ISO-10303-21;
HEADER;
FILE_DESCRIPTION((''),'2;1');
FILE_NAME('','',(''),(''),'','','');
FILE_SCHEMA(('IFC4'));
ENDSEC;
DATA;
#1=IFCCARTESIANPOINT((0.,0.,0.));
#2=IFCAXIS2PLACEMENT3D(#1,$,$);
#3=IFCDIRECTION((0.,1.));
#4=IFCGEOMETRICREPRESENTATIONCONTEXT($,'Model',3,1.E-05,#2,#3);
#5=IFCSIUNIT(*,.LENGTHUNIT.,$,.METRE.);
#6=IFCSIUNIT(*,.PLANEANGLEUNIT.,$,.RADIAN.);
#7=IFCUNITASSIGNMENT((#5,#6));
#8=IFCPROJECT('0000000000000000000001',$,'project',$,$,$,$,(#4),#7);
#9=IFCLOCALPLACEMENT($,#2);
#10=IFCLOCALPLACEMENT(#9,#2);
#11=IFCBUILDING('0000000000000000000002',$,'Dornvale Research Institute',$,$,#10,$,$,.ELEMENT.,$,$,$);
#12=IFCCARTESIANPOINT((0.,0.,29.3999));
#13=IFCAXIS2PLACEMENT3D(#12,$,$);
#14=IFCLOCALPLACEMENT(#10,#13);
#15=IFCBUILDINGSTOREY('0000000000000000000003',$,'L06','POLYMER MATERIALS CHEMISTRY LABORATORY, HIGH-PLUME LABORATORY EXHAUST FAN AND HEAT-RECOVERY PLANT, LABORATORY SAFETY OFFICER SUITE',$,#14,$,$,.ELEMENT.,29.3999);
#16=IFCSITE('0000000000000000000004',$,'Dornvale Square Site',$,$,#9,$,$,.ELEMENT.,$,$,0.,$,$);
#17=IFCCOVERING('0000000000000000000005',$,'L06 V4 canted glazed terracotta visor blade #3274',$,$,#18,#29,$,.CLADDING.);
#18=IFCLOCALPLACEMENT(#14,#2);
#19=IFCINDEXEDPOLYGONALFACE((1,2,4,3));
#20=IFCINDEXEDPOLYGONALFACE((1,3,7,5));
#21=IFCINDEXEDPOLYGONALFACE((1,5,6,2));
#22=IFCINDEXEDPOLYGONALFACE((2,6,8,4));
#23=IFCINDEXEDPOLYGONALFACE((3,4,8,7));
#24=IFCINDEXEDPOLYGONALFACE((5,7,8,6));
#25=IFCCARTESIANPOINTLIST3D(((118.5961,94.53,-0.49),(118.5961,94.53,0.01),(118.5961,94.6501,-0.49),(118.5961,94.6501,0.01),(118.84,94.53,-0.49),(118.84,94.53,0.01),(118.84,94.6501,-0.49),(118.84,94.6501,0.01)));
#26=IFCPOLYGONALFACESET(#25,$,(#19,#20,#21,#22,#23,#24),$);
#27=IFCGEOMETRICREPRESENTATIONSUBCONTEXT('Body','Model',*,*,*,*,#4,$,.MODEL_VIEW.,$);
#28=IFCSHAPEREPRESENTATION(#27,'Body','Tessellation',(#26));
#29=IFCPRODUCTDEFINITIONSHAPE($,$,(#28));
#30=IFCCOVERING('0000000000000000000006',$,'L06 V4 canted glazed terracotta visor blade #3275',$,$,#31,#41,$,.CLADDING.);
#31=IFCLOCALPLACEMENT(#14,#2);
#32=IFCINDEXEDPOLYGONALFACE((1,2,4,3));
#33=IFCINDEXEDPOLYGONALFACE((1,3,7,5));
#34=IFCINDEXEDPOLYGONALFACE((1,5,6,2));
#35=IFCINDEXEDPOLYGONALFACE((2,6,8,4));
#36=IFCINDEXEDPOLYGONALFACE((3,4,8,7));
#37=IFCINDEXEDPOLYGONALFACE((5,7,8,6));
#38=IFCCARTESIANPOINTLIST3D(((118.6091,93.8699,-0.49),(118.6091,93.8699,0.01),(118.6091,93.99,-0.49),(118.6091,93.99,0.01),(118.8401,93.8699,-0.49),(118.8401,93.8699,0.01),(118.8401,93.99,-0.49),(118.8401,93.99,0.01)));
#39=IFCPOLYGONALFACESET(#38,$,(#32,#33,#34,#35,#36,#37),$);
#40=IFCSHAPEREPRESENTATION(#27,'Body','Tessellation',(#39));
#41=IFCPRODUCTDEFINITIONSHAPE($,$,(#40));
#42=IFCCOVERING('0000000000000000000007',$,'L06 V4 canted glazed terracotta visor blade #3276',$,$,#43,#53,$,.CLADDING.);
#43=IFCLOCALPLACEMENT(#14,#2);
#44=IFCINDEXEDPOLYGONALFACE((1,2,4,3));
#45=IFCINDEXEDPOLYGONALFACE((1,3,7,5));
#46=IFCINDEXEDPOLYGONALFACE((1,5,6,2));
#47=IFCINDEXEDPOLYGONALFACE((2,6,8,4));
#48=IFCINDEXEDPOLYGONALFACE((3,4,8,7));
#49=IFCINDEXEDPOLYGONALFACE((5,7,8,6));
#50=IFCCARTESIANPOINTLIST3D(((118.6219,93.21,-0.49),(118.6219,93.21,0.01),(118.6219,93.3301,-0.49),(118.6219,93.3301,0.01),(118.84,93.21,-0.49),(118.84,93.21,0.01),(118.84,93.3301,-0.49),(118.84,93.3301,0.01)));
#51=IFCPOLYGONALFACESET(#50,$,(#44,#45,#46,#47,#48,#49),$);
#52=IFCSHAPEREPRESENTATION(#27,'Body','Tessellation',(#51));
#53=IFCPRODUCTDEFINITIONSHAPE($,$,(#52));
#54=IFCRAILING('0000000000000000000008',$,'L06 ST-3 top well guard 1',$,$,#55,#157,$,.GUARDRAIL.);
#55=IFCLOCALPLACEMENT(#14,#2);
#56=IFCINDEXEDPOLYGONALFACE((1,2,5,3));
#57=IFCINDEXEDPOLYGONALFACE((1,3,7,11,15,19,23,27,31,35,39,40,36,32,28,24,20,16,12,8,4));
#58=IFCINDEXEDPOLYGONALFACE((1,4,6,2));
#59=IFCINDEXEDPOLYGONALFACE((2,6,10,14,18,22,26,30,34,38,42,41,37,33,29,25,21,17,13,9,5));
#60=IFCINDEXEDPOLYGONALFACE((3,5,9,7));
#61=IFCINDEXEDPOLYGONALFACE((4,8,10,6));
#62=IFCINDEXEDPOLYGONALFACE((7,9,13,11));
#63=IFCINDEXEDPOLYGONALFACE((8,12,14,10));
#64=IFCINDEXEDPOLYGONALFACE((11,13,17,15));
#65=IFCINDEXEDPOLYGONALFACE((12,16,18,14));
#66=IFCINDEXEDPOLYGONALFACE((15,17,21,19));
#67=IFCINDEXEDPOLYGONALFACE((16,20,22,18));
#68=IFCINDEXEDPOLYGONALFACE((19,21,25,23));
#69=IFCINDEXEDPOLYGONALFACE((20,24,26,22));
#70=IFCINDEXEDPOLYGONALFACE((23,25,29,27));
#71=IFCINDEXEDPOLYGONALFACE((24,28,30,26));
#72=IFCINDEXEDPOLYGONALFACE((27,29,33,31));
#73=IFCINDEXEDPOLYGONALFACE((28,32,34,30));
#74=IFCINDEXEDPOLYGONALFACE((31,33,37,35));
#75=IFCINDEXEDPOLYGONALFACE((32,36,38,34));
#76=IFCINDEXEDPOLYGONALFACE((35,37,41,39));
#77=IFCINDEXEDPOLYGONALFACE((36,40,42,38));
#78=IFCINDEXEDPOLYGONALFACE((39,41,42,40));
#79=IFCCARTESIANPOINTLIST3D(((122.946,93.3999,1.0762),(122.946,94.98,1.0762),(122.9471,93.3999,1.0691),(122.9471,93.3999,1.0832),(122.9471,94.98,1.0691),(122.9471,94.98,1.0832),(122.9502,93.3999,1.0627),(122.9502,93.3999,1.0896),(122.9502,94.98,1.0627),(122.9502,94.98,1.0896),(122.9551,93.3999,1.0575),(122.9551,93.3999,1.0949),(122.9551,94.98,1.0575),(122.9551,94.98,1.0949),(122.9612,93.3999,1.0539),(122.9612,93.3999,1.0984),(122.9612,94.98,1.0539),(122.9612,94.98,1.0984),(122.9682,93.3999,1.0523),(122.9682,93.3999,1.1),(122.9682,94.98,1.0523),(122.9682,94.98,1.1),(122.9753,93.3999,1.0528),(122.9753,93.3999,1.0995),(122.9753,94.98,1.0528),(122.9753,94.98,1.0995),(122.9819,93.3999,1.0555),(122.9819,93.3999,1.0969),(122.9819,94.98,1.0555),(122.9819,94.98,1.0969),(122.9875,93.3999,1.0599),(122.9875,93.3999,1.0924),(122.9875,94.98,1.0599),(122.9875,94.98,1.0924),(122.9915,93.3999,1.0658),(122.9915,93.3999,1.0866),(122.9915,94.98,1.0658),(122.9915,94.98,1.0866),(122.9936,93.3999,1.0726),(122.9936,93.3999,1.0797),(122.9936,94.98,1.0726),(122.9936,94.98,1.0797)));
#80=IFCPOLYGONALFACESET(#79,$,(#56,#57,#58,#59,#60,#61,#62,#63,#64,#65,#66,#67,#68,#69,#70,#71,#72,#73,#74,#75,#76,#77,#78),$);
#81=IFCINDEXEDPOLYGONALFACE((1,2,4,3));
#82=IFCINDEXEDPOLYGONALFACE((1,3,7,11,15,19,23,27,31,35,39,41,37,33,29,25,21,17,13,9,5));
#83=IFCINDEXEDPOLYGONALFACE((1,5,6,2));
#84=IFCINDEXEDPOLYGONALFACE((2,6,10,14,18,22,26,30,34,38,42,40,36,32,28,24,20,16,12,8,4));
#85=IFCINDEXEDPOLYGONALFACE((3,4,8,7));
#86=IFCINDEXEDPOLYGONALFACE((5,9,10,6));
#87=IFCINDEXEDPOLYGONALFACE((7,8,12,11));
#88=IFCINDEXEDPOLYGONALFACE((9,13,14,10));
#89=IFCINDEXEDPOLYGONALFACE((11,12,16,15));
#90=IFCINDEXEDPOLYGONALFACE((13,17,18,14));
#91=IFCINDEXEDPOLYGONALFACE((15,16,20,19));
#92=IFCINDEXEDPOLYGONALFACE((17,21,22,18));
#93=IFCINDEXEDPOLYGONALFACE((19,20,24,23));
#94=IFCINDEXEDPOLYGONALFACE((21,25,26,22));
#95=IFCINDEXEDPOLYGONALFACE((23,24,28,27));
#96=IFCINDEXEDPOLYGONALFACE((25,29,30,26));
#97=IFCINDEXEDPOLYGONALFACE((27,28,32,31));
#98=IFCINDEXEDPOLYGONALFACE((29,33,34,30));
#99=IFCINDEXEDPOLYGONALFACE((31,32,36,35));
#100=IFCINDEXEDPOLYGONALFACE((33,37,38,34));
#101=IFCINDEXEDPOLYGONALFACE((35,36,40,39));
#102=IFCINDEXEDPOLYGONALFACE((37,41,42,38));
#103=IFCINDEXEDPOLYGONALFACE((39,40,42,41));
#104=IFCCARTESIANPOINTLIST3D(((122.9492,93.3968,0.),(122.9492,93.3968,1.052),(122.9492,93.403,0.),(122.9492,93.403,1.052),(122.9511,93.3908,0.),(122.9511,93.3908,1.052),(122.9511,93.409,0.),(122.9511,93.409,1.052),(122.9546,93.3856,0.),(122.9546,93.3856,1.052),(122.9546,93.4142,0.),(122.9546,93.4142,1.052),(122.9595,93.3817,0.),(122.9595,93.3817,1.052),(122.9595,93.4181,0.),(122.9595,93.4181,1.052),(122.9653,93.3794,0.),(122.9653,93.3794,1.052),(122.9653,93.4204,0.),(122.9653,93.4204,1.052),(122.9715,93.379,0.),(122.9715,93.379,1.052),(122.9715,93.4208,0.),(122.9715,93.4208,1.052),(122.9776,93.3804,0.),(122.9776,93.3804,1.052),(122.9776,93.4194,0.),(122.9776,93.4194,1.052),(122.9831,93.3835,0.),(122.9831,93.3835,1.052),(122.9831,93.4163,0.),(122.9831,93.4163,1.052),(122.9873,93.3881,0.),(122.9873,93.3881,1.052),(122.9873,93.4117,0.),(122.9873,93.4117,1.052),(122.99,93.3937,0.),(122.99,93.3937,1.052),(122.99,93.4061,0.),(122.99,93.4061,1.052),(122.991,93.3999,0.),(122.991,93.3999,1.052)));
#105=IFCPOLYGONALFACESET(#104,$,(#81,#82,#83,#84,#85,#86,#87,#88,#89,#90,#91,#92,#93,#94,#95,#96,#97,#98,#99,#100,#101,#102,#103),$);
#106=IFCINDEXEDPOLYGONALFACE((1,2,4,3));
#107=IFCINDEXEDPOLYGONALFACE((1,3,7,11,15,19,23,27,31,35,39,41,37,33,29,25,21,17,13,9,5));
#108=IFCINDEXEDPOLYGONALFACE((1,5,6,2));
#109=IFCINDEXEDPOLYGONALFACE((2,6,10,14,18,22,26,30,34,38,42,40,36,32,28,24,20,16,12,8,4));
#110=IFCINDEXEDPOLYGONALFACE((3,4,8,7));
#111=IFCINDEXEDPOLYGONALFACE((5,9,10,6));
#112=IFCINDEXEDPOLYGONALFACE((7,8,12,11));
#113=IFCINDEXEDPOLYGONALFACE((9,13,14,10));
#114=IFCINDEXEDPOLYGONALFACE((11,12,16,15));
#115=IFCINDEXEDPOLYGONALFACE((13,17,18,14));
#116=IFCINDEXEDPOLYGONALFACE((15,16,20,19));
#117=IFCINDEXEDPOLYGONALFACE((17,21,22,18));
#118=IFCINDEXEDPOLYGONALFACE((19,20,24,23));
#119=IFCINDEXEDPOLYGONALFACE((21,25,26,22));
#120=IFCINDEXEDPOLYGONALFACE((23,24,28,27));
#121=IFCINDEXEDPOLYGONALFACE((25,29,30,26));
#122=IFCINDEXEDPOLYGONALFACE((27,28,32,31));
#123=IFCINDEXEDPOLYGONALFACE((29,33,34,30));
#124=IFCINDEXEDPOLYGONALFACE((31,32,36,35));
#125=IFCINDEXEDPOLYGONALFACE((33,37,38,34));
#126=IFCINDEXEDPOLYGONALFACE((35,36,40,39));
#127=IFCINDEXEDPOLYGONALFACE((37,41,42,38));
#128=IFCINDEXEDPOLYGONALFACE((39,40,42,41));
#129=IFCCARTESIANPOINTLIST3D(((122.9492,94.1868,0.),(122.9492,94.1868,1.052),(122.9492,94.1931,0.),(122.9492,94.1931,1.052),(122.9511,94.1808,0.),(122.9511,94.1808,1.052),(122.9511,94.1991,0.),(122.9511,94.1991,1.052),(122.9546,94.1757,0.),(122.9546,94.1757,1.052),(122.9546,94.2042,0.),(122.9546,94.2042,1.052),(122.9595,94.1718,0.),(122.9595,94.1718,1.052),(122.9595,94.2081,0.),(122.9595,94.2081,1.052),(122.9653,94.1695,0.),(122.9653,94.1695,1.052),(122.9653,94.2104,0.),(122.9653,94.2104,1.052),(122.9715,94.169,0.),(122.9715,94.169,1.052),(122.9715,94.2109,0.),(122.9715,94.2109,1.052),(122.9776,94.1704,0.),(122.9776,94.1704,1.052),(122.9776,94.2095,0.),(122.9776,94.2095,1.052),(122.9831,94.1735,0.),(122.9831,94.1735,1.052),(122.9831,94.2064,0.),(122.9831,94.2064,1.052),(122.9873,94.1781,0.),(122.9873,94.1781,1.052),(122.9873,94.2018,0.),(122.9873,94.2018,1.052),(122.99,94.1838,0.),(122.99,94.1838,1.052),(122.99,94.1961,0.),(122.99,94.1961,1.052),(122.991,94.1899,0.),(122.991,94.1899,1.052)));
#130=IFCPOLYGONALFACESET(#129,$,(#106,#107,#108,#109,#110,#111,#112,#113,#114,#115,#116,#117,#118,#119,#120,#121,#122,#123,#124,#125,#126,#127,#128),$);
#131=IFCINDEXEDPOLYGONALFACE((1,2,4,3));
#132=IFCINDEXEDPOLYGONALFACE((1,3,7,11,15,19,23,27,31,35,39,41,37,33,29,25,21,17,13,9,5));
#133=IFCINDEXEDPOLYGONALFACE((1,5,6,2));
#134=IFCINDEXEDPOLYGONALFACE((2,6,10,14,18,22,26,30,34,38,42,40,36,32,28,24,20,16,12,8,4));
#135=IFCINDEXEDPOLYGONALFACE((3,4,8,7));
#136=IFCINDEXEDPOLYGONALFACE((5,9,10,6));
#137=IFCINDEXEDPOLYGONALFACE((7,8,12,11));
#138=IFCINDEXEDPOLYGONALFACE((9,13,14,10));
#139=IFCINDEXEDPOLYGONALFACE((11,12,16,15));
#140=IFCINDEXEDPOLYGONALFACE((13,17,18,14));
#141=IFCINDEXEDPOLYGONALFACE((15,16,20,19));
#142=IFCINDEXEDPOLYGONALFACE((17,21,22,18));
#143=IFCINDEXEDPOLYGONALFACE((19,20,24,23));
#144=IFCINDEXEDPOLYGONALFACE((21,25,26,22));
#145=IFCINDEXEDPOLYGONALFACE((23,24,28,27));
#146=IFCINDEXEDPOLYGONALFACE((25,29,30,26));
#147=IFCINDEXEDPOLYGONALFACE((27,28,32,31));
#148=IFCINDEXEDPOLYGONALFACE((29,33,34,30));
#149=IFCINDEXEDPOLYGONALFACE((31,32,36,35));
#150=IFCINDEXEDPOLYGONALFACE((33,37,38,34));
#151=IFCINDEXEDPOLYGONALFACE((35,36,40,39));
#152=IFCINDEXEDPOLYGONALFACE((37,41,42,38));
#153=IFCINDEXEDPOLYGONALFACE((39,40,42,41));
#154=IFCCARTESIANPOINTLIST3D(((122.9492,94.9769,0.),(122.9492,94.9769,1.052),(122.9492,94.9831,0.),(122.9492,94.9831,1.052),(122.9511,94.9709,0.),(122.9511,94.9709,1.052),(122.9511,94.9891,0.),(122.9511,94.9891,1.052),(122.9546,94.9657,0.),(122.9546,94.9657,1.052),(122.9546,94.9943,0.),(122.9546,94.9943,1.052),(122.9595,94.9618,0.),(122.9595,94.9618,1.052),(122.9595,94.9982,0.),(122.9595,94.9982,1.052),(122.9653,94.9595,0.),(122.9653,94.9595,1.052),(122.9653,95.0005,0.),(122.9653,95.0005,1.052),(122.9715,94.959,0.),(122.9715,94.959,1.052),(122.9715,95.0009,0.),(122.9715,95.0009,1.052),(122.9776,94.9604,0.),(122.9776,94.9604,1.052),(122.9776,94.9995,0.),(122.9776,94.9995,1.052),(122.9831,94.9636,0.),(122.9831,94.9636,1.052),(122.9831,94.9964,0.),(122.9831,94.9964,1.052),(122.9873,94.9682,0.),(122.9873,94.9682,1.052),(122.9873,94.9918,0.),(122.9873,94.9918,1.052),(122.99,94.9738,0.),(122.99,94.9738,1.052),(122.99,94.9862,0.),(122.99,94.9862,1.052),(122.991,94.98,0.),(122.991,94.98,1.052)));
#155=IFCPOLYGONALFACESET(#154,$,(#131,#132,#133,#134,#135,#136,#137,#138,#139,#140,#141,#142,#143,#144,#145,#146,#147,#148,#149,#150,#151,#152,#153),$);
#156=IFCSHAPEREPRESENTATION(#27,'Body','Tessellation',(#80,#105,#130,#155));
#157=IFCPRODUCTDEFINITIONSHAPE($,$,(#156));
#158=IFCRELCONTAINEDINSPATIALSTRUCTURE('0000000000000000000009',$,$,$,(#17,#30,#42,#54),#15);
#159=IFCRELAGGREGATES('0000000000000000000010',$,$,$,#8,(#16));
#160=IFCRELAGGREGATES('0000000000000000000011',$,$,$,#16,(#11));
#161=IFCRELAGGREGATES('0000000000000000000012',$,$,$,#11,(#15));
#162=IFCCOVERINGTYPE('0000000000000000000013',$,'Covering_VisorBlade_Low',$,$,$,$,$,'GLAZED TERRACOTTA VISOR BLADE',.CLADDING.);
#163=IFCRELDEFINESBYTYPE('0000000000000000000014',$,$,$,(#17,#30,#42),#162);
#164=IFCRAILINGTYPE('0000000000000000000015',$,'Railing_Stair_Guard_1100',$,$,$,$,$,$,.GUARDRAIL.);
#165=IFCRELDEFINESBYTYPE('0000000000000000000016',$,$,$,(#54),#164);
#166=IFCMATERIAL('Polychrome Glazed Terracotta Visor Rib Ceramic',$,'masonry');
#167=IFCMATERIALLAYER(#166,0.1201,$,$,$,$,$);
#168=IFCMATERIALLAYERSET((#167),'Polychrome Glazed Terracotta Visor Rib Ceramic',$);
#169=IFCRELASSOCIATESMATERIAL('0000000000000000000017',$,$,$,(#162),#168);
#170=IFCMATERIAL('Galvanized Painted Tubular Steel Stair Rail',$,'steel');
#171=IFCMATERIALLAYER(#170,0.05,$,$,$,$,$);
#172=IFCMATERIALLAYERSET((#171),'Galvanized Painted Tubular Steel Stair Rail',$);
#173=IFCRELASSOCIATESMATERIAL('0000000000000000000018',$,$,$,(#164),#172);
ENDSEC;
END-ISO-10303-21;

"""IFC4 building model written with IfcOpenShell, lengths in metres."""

from ifc_helpers import new_model, si_unit, direction, frame, origin, origin_2d, place, context, subcontext, project, spatial, rectangle, circle, extrude, material, layer, layer_set, type_object, element, save


model = new_model("IFC4")

# Units and contexts
model_context = context("Model", 3, precision=1e-05, world=origin(), true_north=direction((0.0, 1.0)))
body_context = subcontext(model_context, "Body", "Model", "MODEL_VIEW")
ifc_project = project(units=[si_unit("LENGTHUNIT", "METRE"), si_unit("PLANEANGLEUNIT", "RADIAN")], contexts=[model_context])

# Site, building, storey
site_placement = place(None, origin())
site = spatial("IfcSite", under=ifc_project, at=site_placement, Name="Dornvale Square Site", CompositionType="ELEMENT", RefElevation=0.0)
building_placement = place(site_placement, origin())
building = spatial("IfcBuilding", under=site, at=building_placement, Name="Dornvale Research Institute", CompositionType="ELEMENT")
storey_placement = place(building_placement, frame((0.0, 0.0, 29.3999)))
storey = spatial("IfcBuildingStorey", under=building, at=storey_placement, Name="L06", Description="POLYMER MATERIALS CHEMISTRY LABORATORY, HIGH-PLUME LABORATORY EXHAUST FAN AND HEAT-RECOVERY PLANT, LABORATORY SAFETY OFFICER SUITE", CompositionType="ELEMENT", Elevation=29.3999)

# Coverings
ifc_material_1 = material(Name="Polychrome Glazed Terracotta Visor Rib Ceramic", Category="masonry")
ifc_layer_1 = layer(ifc_material_1, 0.1201)
ifc_layer_set_1 = layer_set([ifc_layer_1], Name="Polychrome Glazed Terracotta Visor Rib Ceramic")
covering_type = type_object("IfcCoveringType", Name="Covering_VisorBlade_Low", ElementType="GLAZED TERRACOTTA VISOR BLADE", PredefinedType="CLADDING", material=ifc_layer_set_1)
covering_1_placement = place(storey_placement, frame((118.718, 94.5901, -0.49), z_axis=(0.0, 0.0, 1.0), x_axis=(1.0, 0.0, 0.0)))
element("IfcCovering", 1, at=covering_1_placement, inside=storey, type_object=covering_type, Name="L06 V4 canted glazed terracotta visor blade #3274", PredefinedType="CLADDING", context=body_context, shape_type="SweptSolid", body=[
    extrude(rectangle(XDim=0.2439, YDim=0.1201, at=origin_2d()), origin(), (0.0, 0.0, 1.0), 0.5),
])
covering_2_placement = place(storey_placement, frame((118.7246, 93.9299, -0.49), z_axis=(0.0, 0.0, 1.0), x_axis=(1.0, 0.0, 0.0)))
element("IfcCovering", 2, at=covering_2_placement, inside=storey, type_object=covering_type, Name="L06 V4 canted glazed terracotta visor blade #3275", PredefinedType="CLADDING", context=body_context, shape_type="SweptSolid", body=[
    extrude(rectangle(XDim=0.231, YDim=0.1201, at=origin_2d()), origin(), (0.0, 0.0, 1.0), 0.5),
])
covering_3_placement = place(storey_placement, frame((118.731, 93.27, -0.49), z_axis=(0.0, 0.0, 1.0), x_axis=(1.0, 0.0, 0.0)))
element("IfcCovering", 3, at=covering_3_placement, inside=storey, type_object=covering_type, Name="L06 V4 canted glazed terracotta visor blade #3276", PredefinedType="CLADDING", context=body_context, shape_type="SweptSolid", body=[
    extrude(rectangle(XDim=0.218, YDim=0.1201, at=origin_2d()), origin(), (0.0, 0.0, 1.0), 0.5),
])

# Railing
ifc_material_2 = material(Name="Galvanized Painted Tubular Steel Stair Rail", Category="steel")
ifc_layer_2 = layer(ifc_material_2, 0.05)
ifc_layer_set_2 = layer_set([ifc_layer_2], Name="Galvanized Painted Tubular Steel Stair Rail")
railing_type = type_object("IfcRailingType", Name="Railing_Stair_Guard_1100", PredefinedType="GUARDRAIL", material=ifc_layer_set_2)
railing_placement = place(storey_placement, frame((122.97, 93.3999, 0.0)))
element("IfcRailing", 4, at=railing_placement, inside=storey, type_object=railing_type, Name="L06 ST-3 top well guard 1", PredefinedType="GUARDRAIL", context=body_context, shape_type="SweptSolid", body=[
    extrude(circle(Radius=0.0239, at=origin_2d()), frame((0.0, 0.0, 1.0762), z_axis=(0.0, 1.0, 0.0), x_axis=(-1.0, 0.0, 0.0)), (0.0, 0.0, 1.0), 1.5801),
    extrude(circle(Radius=0.021, at=origin_2d()), origin(), (0.0, 0.0, 1.0), 1.052),
    extrude(circle(Radius=0.021, at=origin_2d()), frame((0.0, 0.79, 0.0)), (0.0, 0.0, 1.0), 1.052),
    extrude(circle(Radius=0.021, at=origin_2d()), frame((0.0, 1.5801, 0.0)), (0.0, 0.0, 1.0), 1.052),
])

save(model, "model.ifc")
